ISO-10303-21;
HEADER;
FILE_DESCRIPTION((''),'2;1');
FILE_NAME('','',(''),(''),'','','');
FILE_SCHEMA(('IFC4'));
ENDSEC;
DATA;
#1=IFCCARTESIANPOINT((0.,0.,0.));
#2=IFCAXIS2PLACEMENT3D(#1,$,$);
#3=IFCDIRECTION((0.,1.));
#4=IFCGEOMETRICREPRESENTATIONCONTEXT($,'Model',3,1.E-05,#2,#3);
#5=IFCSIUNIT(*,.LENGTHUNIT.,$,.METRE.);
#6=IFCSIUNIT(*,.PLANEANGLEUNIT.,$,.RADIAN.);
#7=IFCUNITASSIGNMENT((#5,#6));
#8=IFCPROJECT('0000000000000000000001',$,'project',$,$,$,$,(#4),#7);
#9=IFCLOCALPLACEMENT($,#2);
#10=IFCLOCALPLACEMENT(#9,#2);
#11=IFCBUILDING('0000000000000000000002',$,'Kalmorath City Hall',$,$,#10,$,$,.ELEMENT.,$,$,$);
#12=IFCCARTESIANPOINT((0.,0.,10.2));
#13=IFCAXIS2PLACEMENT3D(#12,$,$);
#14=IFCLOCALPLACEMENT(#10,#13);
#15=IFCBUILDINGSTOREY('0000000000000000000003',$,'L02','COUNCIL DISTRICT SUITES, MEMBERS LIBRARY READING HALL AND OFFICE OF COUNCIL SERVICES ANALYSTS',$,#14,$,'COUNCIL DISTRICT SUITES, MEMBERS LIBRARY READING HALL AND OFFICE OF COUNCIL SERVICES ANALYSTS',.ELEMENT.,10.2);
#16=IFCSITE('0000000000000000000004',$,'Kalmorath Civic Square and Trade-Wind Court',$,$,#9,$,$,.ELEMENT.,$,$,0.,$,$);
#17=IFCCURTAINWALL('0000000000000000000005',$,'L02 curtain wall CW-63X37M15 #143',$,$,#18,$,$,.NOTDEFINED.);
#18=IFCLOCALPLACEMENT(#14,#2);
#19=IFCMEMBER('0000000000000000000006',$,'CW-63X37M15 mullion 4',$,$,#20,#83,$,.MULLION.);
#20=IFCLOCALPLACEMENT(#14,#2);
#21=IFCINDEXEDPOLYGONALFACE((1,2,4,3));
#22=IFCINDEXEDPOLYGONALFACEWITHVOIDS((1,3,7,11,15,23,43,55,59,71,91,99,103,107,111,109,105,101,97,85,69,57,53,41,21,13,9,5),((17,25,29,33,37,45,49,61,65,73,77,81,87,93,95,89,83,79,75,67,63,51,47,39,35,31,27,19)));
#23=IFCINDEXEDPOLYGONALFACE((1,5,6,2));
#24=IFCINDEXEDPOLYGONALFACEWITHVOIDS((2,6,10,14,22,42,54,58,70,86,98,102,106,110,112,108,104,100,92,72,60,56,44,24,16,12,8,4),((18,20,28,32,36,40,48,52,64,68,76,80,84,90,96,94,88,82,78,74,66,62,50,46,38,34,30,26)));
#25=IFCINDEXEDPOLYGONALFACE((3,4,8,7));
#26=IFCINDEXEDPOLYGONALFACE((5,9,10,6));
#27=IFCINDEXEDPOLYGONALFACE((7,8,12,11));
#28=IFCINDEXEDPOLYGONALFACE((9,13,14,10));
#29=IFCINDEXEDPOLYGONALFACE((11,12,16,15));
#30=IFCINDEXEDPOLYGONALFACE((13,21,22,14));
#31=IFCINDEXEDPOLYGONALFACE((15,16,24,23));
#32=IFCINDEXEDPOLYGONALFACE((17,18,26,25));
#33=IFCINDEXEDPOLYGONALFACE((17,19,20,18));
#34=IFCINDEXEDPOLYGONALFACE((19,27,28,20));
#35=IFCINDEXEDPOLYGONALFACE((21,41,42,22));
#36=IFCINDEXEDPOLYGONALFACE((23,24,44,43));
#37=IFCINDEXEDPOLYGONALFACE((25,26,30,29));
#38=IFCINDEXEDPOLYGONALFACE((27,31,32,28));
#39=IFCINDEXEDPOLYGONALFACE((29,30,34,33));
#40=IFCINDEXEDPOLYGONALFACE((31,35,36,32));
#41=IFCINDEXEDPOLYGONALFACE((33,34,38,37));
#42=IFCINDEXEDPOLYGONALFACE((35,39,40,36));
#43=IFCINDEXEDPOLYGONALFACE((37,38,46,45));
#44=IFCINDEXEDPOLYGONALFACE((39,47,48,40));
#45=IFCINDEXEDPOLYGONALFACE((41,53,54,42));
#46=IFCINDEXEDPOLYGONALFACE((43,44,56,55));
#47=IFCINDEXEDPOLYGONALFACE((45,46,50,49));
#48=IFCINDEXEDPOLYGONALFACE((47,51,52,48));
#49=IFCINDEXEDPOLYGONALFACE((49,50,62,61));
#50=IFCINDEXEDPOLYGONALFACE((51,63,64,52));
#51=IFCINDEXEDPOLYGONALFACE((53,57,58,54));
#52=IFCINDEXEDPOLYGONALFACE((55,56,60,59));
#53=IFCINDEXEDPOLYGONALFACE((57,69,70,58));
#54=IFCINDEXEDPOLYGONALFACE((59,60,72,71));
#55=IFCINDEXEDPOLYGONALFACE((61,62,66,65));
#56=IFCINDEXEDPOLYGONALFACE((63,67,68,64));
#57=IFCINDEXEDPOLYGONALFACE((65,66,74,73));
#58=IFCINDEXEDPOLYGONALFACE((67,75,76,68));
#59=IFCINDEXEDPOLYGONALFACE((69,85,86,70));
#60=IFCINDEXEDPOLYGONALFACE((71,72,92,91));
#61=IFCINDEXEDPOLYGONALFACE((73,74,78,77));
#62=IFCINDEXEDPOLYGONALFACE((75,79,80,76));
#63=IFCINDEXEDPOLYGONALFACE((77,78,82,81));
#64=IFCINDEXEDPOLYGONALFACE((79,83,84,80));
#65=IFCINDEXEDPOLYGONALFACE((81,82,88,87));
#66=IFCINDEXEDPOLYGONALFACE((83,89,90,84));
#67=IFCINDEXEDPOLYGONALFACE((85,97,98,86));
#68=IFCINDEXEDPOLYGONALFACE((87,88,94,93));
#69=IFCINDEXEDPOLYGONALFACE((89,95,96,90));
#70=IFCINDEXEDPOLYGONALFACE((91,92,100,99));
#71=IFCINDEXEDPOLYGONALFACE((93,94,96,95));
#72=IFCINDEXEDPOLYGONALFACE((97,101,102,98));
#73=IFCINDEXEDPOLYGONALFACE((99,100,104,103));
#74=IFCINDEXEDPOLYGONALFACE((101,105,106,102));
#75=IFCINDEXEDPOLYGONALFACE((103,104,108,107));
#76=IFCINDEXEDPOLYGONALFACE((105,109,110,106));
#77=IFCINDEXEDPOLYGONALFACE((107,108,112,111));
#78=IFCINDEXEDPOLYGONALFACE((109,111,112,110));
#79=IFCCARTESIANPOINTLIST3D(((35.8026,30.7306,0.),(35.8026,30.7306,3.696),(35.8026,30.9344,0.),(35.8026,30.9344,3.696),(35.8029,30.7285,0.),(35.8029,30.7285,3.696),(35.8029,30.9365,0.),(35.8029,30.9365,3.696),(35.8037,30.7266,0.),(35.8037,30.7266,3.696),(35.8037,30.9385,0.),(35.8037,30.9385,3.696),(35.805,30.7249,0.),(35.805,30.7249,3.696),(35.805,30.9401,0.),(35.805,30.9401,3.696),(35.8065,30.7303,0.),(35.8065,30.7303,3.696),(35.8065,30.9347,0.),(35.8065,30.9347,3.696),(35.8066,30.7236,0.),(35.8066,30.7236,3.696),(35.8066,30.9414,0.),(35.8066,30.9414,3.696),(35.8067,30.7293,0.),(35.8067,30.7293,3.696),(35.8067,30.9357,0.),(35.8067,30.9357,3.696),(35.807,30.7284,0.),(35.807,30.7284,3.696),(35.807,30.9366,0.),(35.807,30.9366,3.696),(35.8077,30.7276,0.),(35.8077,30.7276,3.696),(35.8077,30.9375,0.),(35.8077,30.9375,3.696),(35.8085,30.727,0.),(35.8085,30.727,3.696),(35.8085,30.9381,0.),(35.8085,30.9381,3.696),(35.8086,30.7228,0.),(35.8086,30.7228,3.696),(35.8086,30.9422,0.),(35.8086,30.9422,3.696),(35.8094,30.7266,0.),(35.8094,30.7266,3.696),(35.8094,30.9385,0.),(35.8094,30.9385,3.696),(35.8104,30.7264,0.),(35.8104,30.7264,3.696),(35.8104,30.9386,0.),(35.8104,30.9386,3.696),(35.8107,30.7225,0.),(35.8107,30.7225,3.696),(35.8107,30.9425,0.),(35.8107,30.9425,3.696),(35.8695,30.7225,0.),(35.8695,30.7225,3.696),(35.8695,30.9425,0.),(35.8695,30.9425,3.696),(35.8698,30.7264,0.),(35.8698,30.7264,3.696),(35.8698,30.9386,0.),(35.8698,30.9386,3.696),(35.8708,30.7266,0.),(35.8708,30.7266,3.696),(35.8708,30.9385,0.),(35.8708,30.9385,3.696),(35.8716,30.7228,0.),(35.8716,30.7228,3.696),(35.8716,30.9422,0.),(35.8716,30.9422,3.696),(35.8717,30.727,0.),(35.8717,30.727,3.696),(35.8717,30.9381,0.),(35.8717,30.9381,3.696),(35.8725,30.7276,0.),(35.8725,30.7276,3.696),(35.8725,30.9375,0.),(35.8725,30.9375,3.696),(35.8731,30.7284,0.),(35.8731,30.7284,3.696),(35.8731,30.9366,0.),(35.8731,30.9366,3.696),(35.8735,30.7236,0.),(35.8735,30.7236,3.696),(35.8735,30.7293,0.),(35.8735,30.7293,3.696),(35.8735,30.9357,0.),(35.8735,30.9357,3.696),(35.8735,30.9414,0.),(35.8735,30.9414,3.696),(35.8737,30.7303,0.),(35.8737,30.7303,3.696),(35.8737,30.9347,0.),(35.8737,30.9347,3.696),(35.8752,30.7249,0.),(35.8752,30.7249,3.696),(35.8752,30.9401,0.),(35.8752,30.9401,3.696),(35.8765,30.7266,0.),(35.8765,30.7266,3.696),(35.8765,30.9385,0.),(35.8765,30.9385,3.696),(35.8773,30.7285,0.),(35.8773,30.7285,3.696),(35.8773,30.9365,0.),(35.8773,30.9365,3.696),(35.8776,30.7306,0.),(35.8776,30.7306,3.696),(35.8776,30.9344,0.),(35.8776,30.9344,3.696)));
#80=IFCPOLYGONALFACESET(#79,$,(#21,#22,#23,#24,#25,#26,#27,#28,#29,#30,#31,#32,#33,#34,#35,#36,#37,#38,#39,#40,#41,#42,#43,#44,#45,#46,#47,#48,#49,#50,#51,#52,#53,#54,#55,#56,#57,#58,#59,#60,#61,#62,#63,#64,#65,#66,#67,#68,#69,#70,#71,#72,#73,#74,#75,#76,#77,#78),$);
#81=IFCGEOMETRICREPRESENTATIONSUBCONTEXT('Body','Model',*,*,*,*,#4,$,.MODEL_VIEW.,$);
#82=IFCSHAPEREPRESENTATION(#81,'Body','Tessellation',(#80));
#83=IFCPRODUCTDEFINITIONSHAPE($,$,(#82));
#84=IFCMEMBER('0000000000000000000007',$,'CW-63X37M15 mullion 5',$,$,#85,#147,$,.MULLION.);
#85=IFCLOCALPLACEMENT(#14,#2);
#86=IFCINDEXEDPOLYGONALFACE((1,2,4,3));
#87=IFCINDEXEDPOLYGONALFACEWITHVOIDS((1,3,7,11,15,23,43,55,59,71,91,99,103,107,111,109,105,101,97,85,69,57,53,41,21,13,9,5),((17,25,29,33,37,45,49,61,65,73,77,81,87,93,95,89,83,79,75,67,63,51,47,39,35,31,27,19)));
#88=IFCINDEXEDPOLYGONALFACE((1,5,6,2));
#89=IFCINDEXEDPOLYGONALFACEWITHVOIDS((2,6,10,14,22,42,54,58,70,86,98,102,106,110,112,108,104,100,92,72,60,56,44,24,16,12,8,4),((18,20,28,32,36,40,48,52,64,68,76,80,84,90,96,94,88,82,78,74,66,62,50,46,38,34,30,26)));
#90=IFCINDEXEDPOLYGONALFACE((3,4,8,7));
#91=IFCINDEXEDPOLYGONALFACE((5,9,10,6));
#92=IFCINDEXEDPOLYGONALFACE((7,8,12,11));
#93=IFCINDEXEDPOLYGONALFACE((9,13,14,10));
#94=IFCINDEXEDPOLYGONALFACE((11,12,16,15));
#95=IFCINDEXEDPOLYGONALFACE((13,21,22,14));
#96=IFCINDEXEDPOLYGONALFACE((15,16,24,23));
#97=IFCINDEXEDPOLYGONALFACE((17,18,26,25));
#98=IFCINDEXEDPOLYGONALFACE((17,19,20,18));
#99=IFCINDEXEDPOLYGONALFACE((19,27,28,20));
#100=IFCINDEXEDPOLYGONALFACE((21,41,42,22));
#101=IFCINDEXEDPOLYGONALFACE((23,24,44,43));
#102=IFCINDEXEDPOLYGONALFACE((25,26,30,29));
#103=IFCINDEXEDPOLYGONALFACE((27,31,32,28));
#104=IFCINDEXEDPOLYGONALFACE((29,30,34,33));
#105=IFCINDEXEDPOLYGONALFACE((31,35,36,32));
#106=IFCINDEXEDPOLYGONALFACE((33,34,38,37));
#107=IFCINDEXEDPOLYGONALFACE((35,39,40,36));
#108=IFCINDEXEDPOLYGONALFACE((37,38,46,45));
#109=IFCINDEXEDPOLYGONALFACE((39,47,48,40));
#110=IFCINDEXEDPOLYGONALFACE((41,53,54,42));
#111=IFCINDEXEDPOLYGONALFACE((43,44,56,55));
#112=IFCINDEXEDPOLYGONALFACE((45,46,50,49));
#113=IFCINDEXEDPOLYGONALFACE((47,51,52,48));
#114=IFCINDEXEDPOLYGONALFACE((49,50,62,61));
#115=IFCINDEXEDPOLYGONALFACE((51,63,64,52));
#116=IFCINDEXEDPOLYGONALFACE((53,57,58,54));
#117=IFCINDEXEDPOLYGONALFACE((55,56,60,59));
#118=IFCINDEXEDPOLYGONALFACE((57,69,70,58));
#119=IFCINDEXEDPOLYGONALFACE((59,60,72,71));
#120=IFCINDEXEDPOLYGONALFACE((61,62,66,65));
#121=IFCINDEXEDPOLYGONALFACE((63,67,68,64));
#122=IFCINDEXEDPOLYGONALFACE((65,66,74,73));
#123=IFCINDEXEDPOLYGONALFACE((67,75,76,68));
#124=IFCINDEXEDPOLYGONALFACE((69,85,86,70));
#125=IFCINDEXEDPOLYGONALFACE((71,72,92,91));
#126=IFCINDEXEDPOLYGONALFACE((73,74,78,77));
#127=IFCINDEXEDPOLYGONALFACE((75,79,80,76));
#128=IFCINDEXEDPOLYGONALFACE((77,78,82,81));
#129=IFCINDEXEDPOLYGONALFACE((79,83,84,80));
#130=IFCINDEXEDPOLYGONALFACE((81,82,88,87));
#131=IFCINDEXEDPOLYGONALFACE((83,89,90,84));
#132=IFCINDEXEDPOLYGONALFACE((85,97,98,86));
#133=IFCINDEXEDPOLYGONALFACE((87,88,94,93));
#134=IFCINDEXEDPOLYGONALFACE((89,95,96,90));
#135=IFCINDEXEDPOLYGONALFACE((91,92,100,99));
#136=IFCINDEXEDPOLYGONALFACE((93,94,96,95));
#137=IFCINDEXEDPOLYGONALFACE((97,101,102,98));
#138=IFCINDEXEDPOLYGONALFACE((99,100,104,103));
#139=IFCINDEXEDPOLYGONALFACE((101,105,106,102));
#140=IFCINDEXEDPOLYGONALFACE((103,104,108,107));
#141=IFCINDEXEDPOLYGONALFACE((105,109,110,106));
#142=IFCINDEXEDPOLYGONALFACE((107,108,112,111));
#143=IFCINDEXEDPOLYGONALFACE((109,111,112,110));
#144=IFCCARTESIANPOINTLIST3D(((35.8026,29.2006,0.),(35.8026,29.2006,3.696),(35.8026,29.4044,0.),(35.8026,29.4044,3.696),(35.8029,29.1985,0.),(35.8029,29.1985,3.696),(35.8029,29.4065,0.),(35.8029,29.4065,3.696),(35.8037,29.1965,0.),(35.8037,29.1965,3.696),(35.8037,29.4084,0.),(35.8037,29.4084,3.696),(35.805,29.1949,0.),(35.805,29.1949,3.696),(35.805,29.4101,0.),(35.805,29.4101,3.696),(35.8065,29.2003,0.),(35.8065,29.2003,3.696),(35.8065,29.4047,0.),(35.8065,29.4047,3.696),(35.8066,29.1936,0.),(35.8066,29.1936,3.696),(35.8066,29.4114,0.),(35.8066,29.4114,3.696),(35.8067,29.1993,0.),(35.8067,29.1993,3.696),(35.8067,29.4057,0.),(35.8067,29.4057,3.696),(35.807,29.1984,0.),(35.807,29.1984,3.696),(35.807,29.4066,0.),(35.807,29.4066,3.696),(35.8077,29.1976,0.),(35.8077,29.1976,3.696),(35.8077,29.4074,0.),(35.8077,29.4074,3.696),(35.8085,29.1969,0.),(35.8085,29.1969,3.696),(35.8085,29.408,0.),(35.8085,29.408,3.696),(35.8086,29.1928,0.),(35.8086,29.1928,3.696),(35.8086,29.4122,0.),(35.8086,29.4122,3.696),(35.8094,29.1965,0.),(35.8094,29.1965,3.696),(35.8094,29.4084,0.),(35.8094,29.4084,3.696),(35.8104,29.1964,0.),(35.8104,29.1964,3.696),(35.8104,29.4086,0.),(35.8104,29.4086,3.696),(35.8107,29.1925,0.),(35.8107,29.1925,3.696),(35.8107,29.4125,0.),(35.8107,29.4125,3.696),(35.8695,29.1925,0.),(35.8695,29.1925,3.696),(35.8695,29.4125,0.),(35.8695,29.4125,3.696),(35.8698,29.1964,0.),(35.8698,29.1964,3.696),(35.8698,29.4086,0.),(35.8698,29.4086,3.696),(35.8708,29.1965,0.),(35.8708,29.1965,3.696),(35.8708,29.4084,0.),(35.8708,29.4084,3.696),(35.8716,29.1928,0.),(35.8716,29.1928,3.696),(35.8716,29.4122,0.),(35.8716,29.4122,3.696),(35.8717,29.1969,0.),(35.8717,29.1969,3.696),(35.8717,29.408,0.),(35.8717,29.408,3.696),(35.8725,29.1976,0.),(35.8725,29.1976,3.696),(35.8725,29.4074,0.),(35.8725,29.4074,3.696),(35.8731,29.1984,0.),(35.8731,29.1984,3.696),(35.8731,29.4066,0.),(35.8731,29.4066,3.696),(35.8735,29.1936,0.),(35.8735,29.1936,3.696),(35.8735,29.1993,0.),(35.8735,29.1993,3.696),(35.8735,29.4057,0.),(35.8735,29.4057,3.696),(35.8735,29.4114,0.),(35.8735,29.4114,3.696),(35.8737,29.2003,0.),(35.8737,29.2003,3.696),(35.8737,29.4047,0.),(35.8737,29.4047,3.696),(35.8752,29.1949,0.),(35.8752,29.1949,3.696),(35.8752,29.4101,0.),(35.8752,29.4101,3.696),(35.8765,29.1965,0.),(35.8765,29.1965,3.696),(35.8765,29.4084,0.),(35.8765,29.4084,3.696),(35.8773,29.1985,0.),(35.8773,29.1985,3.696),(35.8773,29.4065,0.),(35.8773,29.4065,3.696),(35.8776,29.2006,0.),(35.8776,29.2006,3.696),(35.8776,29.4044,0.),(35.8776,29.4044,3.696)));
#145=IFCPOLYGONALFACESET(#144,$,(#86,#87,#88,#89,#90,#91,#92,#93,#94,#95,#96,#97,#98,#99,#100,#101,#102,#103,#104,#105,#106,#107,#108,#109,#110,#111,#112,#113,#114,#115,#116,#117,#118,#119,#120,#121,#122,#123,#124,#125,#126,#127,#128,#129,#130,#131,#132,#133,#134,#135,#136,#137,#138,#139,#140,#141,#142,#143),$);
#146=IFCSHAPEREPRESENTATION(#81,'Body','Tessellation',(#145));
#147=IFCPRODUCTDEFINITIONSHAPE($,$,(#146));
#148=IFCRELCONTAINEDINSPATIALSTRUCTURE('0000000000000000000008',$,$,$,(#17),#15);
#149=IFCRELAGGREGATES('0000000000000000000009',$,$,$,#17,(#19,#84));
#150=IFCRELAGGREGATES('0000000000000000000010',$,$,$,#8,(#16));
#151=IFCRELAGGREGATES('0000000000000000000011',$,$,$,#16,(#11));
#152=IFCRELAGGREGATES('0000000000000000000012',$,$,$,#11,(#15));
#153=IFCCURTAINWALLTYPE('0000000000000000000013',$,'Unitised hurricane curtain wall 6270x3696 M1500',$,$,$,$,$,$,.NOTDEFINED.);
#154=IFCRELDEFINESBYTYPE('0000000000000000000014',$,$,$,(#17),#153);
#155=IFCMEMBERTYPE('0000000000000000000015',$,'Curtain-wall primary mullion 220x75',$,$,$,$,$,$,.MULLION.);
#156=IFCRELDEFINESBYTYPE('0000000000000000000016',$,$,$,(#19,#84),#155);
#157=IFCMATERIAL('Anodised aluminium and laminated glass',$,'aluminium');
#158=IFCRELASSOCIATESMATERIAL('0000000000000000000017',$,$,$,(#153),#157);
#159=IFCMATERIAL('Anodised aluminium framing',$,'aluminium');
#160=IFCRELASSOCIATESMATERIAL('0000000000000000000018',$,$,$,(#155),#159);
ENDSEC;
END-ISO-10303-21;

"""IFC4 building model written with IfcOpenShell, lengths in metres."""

from ifc_helpers import new_model, si_unit, direction, frame, origin, origin_2d, place, context, subcontext, project, spatial, hollow_rectangle, extrude, material, material_profile, profile_set, type_object, element, aggregate, save


model = new_model("IFC4")

# Units and contexts
model_context = context("Model", 3, precision=1e-05, world=origin(), true_north=direction((0.0, 1.0)))
body_context = subcontext(model_context, "Body", "Model", "MODEL_VIEW")
ifc_project = project(units=[si_unit("LENGTHUNIT", "METRE"), si_unit("PLANEANGLEUNIT", "RADIAN")], contexts=[model_context])

# Site, building, storey
site_placement = place(None, origin())
site = spatial("IfcSite", under=ifc_project, at=site_placement, Name="Kalmorath Civic Square and Trade-Wind Court", CompositionType="ELEMENT", RefElevation=0.0)
building_placement = place(site_placement, origin())
building = spatial("IfcBuilding", under=site, at=building_placement, Name="Kalmorath City Hall", CompositionType="ELEMENT")
storey_placement = place(building_placement, frame((0.0, 0.0, 10.2)))
storey = spatial("IfcBuildingStorey", under=building, at=storey_placement, Name="L02", Description="COUNCIL DISTRICT SUITES, MEMBERS LIBRARY READING HALL AND OFFICE OF COUNCIL SERVICES ANALYSTS", LongName="COUNCIL DISTRICT SUITES, MEMBERS LIBRARY READING HALL AND OFFICE OF COUNCIL SERVICES ANALYSTS", CompositionType="ELEMENT", Elevation=10.2)

# Curtain wall, members
ifc_material_1 = material(Name="Anodised aluminium and laminated glass", Category="aluminium")
curtain_wall_type_1 = type_object("IfcCurtainWallType", Name="Unitised hurricane curtain wall 6270x3696 M1500", PredefinedType="NOTDEFINED", material=ifc_material_1)
curtain_wall_1_placement = place(storey_placement, origin())
curtain_wall_1 = element("IfcCurtainWall", 1, at=curtain_wall_1_placement, inside=storey, type_object=curtain_wall_type_1, Name="L02 curtain wall CW-63X37M15 #143", PredefinedType="NOTDEFINED")
ifc_material_2 = material(Name="Anodised aluminium framing", Category="aluminium")
ifc_material_profile_1 = material_profile(ifc_material_2, hollow_rectangle(XDim=0.075, YDim=0.22, WallThickness=0.0039, InnerFilletRadius=0.0039, OuterFilletRadius=0.0081, at=origin_2d()), Name="ALU-MUL-220X75X4")
ifc_profile_set_1 = profile_set([ifc_material_profile_1], Name="Anodised aluminium framing")
member_type_1 = type_object("IfcMemberType", Name="Curtain-wall primary mullion 220x75", PredefinedType="MULLION", material=ifc_profile_set_1)
member_1_placement = place(storey_placement, frame((35.8401, 30.8325, 0.0), z_axis=(0.0, 0.0, 1.0), x_axis=(1.0, 0.0, 0.0)))
member_1 = element("IfcMember", 2, at=member_1_placement, type_object=member_type_1, Name="CW-63X37M15 mullion 4", PredefinedType="MULLION", context=body_context, shape_type="SweptSolid", body=[
    extrude(hollow_rectangle(XDim=0.075, YDim=0.22, WallThickness=0.0039, InnerFilletRadius=0.0039, OuterFilletRadius=0.0081, at=origin_2d()), origin(), (0.0, 0.0, 1.0), 3.696),
])
member_2_placement = place(storey_placement, frame((35.8401, 29.3025, 0.0), z_axis=(0.0, 0.0, 1.0), x_axis=(1.0, 0.0, 0.0)))
member_2 = element("IfcMember", 3, at=member_2_placement, type_object=member_type_1, Name="CW-63X37M15 mullion 5", PredefinedType="MULLION", context=body_context, shape_type="SweptSolid", body=[
    extrude(hollow_rectangle(XDim=0.075, YDim=0.22, WallThickness=0.0039, InnerFilletRadius=0.0039, OuterFilletRadius=0.0081, at=origin_2d()), origin(), (0.0, 0.0, 1.0), 3.696),
])

aggregate(curtain_wall_1, [member_1, member_2])

save(model, "model.ifc")
